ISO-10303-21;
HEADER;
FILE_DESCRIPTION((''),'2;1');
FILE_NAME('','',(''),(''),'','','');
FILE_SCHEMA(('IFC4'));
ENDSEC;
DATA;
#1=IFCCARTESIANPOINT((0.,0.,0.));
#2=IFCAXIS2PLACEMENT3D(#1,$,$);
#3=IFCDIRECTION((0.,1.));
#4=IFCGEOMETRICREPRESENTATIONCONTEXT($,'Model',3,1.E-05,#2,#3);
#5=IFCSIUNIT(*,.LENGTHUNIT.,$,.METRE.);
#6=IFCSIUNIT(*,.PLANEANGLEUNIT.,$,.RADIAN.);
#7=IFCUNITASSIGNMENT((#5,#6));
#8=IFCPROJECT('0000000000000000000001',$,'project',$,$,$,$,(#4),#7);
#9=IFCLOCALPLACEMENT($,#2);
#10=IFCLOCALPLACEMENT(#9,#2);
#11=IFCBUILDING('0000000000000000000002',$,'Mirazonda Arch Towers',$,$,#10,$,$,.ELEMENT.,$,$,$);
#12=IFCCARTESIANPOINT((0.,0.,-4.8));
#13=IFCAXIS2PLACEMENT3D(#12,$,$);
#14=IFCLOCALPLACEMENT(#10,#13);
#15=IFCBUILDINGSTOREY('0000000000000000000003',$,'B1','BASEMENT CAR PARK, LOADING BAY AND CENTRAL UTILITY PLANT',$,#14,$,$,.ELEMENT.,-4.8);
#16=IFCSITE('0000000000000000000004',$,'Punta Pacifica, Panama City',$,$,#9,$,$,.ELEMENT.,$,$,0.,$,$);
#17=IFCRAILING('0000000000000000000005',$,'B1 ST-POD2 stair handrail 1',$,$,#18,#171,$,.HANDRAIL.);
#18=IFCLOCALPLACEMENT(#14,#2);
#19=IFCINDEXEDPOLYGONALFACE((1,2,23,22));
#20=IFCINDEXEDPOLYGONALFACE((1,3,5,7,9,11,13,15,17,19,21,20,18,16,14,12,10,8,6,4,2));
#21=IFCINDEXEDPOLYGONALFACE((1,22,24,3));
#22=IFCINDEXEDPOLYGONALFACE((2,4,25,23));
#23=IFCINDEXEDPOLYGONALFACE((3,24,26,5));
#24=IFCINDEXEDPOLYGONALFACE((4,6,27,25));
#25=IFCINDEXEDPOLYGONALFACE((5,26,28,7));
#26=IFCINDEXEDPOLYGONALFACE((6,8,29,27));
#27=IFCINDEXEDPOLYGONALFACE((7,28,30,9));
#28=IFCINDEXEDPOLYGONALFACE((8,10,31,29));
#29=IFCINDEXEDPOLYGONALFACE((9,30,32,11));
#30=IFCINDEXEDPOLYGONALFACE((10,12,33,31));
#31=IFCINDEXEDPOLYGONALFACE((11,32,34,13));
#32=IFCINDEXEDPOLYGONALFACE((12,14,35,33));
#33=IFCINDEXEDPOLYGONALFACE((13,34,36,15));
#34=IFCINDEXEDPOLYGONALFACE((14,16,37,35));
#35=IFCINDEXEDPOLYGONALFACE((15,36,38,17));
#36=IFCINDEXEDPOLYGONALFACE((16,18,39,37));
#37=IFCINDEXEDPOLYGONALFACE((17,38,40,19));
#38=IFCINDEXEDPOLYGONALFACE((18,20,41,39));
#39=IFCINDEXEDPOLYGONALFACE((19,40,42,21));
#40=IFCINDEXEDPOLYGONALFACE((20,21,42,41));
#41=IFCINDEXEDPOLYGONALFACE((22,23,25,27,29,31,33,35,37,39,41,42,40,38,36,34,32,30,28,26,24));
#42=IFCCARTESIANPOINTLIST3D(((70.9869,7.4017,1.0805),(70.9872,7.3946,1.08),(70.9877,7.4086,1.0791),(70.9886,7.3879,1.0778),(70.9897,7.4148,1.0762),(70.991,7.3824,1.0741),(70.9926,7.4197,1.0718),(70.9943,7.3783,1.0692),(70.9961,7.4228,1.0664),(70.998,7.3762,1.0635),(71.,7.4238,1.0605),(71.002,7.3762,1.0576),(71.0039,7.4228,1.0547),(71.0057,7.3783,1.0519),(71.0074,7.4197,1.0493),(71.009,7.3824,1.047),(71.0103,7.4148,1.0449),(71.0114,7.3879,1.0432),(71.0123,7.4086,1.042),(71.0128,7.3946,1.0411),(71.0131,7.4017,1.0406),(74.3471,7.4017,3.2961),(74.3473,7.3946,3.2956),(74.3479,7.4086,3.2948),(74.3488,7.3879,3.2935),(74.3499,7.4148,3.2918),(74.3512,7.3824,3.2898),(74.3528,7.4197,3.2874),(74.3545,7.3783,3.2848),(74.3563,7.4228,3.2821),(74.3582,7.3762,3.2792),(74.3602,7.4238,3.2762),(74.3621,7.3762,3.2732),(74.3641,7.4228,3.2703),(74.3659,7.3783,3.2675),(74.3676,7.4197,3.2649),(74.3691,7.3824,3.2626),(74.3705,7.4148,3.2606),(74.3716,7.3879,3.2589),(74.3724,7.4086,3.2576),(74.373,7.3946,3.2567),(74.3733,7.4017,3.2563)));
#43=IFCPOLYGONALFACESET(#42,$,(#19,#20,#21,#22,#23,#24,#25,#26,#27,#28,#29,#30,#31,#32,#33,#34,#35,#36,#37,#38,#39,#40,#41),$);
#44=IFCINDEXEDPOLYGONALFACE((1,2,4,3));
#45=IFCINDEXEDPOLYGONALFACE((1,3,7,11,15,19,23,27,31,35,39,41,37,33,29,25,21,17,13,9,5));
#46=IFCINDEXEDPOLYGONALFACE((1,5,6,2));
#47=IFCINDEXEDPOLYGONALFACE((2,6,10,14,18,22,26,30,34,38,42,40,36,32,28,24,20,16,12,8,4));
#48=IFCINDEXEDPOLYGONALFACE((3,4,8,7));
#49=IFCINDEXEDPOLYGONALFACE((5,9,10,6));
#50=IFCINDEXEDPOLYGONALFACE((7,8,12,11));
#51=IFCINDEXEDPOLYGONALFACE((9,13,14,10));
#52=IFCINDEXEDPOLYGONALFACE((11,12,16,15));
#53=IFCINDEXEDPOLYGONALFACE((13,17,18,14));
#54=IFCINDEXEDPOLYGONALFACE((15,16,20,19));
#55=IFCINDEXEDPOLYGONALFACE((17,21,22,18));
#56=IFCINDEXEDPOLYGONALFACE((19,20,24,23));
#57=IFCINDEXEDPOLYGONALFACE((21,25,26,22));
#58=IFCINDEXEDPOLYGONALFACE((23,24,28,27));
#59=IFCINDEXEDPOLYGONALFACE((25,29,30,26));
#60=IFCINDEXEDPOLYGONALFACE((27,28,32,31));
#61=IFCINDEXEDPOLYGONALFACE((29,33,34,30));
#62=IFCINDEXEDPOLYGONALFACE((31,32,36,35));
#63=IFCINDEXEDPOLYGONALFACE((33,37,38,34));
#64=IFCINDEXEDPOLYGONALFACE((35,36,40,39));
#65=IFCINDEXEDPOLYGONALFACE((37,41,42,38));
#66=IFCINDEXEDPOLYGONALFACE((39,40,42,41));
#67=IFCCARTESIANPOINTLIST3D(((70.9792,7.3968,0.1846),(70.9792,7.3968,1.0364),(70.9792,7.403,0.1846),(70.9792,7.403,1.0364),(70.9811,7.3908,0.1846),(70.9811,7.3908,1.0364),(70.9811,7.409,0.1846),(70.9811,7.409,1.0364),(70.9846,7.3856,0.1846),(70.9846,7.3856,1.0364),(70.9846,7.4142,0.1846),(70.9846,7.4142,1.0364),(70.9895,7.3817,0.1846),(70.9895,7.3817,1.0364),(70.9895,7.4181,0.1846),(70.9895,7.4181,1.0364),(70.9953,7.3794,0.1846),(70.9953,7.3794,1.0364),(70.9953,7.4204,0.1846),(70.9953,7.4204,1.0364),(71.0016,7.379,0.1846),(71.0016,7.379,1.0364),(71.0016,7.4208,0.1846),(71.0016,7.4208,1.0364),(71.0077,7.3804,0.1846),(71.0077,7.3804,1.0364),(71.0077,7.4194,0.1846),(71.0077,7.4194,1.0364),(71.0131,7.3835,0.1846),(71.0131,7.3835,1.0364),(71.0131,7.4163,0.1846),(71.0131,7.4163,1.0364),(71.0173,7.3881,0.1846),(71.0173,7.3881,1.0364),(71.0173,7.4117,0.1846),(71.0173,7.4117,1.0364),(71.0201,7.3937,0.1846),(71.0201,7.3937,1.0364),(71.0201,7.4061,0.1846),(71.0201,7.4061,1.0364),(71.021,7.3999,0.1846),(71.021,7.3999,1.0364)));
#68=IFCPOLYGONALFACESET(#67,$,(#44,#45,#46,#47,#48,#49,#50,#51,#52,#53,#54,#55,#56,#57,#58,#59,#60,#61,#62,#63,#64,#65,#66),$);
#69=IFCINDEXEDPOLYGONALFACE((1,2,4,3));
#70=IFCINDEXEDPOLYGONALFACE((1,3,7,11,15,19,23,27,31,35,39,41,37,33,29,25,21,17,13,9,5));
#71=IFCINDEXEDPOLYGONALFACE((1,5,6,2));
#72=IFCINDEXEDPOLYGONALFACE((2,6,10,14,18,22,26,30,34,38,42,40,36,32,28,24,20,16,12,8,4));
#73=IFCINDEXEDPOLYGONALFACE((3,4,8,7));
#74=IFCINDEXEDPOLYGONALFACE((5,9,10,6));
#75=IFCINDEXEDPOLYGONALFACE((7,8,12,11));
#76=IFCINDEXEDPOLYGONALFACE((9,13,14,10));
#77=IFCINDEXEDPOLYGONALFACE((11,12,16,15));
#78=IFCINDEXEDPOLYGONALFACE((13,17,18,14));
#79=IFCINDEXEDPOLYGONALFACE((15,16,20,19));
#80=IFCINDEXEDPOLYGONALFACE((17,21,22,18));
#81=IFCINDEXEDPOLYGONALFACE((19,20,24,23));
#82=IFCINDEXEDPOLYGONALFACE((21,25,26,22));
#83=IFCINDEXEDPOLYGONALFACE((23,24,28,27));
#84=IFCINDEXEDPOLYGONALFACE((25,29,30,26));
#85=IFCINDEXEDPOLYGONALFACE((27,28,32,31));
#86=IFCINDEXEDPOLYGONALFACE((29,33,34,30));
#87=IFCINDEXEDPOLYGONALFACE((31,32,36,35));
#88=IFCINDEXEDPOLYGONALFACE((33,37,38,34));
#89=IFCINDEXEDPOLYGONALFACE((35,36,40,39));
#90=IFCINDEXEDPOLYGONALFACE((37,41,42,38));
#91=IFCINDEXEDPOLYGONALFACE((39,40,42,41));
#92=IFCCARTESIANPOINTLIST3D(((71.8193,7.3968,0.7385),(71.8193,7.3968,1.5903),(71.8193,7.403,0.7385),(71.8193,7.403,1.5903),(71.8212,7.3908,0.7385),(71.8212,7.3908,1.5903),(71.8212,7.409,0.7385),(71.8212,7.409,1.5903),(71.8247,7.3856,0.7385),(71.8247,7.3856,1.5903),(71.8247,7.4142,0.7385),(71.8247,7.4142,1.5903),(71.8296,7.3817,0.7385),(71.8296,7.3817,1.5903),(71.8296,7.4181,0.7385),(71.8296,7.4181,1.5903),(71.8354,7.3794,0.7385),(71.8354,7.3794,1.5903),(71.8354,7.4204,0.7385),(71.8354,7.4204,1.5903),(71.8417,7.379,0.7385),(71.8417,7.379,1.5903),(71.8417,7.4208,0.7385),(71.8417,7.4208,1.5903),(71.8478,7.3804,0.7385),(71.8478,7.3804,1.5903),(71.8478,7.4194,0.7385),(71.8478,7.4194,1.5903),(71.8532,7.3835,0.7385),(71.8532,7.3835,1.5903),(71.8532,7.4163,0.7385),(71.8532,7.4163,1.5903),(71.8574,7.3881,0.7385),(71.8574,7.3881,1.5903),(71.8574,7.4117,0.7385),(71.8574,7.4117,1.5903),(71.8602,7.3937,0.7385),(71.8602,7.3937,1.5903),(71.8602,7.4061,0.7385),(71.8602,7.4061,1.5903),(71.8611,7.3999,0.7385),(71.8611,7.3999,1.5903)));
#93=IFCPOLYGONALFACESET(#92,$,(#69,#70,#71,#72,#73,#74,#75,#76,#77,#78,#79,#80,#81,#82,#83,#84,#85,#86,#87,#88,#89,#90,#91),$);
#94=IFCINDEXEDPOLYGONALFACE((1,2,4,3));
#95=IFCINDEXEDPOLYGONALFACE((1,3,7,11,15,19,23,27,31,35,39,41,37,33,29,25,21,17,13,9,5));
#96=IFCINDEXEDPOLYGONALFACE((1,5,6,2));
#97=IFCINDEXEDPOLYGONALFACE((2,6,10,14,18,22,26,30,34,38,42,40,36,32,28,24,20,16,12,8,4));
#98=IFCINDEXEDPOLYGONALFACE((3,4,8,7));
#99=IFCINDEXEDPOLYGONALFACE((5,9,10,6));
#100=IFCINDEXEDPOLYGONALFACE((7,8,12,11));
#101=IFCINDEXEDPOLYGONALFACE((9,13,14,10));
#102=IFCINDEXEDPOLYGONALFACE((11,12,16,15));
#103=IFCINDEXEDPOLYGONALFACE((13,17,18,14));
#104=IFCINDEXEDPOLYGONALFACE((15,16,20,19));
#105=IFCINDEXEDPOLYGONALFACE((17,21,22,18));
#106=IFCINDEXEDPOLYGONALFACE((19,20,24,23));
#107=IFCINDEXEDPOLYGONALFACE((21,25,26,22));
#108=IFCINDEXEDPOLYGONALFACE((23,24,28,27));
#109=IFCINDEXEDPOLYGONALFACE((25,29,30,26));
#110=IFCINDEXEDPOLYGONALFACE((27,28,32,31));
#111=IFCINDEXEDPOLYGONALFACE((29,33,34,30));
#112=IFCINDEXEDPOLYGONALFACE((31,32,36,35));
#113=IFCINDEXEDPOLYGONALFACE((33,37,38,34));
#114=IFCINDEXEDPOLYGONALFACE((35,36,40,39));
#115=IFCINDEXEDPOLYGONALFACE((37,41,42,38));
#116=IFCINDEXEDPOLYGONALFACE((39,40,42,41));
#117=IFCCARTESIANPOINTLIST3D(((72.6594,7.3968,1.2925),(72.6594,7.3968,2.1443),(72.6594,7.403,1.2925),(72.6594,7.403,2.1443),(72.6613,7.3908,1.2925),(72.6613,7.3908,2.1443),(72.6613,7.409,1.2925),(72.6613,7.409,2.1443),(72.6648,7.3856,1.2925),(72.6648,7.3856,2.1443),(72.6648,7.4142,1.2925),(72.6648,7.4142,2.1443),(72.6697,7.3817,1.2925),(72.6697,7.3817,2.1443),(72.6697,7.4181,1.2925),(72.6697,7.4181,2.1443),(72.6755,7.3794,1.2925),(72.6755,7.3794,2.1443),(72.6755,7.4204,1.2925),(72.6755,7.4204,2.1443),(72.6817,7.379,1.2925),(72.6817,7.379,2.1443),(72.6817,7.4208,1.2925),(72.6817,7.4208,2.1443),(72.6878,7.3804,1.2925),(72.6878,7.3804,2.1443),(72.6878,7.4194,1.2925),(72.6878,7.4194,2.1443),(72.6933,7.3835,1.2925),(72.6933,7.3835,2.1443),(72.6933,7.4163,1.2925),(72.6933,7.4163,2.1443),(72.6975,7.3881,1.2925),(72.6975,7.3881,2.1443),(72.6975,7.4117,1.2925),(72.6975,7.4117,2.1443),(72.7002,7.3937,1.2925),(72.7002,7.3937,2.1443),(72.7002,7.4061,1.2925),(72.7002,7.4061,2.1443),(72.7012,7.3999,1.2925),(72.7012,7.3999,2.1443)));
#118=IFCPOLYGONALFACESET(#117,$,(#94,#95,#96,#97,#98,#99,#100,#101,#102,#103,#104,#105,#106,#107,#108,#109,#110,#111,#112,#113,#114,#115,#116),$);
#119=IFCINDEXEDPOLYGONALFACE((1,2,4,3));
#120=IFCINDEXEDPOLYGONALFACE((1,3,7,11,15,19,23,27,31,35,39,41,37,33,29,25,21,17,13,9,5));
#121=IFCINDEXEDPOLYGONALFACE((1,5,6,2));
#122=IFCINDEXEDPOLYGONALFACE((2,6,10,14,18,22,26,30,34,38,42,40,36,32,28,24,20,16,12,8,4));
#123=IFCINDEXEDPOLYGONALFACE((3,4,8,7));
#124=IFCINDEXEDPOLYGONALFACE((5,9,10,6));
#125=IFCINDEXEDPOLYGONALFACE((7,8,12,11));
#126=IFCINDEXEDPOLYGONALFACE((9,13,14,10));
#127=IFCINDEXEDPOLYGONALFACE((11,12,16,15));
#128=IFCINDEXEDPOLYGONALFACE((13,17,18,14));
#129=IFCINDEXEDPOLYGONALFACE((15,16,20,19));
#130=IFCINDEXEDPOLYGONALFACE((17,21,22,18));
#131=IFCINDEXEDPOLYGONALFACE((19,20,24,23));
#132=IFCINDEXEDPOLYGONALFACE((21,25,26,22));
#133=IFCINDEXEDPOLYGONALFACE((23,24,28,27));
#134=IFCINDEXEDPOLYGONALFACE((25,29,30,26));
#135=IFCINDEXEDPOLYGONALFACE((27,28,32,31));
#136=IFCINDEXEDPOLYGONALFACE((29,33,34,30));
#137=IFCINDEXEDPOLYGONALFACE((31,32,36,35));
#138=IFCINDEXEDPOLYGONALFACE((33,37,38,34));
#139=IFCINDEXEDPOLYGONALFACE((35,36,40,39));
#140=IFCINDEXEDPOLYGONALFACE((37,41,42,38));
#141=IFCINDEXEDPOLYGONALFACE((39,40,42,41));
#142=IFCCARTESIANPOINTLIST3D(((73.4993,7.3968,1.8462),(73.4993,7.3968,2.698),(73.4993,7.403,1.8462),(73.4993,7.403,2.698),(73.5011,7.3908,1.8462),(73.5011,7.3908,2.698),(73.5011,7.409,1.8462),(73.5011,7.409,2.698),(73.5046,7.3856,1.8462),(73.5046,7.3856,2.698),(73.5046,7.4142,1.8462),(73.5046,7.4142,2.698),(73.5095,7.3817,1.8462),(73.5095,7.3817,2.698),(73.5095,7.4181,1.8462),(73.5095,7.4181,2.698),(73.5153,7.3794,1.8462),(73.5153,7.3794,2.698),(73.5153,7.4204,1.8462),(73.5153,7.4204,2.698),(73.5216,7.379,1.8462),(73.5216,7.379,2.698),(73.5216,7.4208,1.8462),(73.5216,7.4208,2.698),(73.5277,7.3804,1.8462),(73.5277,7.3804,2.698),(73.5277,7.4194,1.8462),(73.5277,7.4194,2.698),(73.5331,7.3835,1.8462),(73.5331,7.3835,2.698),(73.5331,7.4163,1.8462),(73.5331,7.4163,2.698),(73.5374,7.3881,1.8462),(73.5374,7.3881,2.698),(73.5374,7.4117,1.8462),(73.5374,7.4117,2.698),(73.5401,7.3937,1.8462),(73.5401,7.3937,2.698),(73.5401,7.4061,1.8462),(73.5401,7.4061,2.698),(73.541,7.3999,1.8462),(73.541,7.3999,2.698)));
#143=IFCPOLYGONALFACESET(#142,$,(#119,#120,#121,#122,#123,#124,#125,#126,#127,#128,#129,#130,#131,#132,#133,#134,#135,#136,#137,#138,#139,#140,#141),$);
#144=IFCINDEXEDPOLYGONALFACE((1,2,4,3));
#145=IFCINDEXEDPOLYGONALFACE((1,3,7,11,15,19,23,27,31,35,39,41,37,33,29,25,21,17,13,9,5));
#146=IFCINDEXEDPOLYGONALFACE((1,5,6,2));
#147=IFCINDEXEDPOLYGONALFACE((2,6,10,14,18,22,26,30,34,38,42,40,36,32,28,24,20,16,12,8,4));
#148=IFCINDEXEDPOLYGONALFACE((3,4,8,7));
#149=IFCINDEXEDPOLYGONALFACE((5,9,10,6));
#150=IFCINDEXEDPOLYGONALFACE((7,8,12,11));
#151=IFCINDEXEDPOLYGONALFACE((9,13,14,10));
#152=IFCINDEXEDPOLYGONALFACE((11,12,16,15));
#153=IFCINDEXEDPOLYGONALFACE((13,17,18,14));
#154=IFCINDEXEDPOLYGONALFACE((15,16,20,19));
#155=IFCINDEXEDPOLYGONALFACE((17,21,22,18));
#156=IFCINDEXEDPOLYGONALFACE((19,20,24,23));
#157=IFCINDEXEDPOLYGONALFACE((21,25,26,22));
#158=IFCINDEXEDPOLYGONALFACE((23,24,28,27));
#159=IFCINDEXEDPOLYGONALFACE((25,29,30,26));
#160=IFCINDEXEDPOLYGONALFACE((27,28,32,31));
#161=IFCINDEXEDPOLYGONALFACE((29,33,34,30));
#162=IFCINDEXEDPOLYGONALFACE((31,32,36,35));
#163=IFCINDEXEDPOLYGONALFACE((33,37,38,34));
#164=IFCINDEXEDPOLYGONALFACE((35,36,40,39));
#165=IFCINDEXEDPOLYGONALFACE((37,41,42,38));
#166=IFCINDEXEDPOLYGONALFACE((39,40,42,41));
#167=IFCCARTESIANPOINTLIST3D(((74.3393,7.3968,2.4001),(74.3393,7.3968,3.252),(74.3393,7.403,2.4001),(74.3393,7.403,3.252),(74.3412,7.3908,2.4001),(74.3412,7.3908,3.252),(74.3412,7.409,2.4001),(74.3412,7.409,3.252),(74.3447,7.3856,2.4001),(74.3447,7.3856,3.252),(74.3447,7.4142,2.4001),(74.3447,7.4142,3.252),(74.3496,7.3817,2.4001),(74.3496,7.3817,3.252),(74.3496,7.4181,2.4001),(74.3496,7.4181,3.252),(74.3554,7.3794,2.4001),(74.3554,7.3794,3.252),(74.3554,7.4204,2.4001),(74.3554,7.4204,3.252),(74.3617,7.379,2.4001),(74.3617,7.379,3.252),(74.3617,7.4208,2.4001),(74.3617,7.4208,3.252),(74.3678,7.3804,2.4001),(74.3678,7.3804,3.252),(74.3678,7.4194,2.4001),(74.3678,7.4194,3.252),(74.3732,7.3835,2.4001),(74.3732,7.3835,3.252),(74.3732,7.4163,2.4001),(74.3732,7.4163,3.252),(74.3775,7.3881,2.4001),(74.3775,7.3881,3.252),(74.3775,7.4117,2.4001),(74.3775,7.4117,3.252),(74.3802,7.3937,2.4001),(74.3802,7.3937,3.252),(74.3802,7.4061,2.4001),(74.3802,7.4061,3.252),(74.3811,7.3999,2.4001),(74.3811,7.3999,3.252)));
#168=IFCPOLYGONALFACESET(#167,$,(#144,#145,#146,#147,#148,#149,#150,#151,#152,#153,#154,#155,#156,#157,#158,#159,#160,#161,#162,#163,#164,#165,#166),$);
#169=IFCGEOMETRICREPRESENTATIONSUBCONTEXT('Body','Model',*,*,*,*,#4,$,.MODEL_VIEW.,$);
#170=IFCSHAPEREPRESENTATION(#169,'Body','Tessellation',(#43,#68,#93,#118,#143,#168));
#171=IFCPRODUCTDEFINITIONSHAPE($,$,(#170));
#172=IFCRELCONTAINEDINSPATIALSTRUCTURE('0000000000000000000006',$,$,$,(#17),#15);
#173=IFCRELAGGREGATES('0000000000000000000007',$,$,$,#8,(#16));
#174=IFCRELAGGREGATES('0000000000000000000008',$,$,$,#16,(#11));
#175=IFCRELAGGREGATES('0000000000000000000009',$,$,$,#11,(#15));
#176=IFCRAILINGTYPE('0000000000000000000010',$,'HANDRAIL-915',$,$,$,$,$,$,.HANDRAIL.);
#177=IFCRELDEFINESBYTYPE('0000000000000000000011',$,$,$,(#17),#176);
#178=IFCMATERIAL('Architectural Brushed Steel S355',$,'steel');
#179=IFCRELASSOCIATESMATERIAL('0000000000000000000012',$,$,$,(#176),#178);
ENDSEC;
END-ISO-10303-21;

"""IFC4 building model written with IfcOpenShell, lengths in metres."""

from ifc_helpers import new_model, si_unit, direction, frame, origin, origin_2d, place, context, subcontext, project, spatial, circle, extrude, material, type_object, element, save


model = new_model("IFC4")

# Units and contexts
model_context = context("Model", 3, precision=1e-05, world=origin(), true_north=direction((0.0, 1.0)))
body_context = subcontext(model_context, "Body", "Model", "MODEL_VIEW")
ifc_project = project(units=[si_unit("LENGTHUNIT", "METRE"), si_unit("PLANEANGLEUNIT", "RADIAN")], contexts=[model_context])

# Site, building, storey
site_placement = place(None, origin())
site = spatial("IfcSite", under=ifc_project, at=site_placement, Name="Punta Pacifica, Panama City", CompositionType="ELEMENT", RefElevation=0.0)
building_placement = place(site_placement, origin())
building = spatial("IfcBuilding", under=site, at=building_placement, Name="Mirazonda Arch Towers", CompositionType="ELEMENT")
storey_placement = place(building_placement, frame((0.0, 0.0, -4.8)))
storey = spatial("IfcBuildingStorey", under=building, at=storey_placement, Name="B1", Description="BASEMENT CAR PARK, LOADING BAY AND CENTRAL UTILITY PLANT", CompositionType="ELEMENT", Elevation=-4.8)

# Railing
ifc_material_1 = material(Name="Architectural Brushed Steel S355", Category="steel")
railing_type_1 = type_object("IfcRailingType", Name="HANDRAIL-915", PredefinedType="HANDRAIL", material=ifc_material_1)
railing_1_placement = place(storey_placement, frame((71.0, 7.3999, 0.1846)))
element("IfcRailing", 1, at=railing_1_placement, inside=storey, type_object=railing_type_1, Name="B1 ST-POD2 stair handrail 1", PredefinedType="HANDRAIL", context=body_context, shape_type="SweptSolid", body=[
    extrude(circle(Radius=0.0239, at=origin_2d()), frame((0.0, 0.0, 0.876), z_axis=(0.834849, 0.0, 0.55048), x_axis=(0.0, 1.0, 0.0)), (0.0, 0.0, 1.0), 4.0249),
    extrude(circle(Radius=0.021, at=origin_2d()), origin(), (0.0, 0.0, 1.0), 0.8518),
    extrude(circle(Radius=0.021, at=origin_2d()), frame((0.8401, 0.0, 0.554)), (0.0, 0.0, 1.0), 0.8518),
    extrude(circle(Radius=0.021, at=origin_2d()), frame((1.6802, 0.0, 1.1079)), (0.0, 0.0, 1.0), 0.8518),
    extrude(circle(Radius=0.021, at=origin_2d()), frame((2.52, 0.0, 1.6616)), (0.0, 0.0, 1.0), 0.8518),
    extrude(circle(Radius=0.021, at=origin_2d()), frame((3.3601, 0.0, 2.2156)), (0.0, 0.0, 1.0), 0.8518),
])

save(model, "model.ifc")
